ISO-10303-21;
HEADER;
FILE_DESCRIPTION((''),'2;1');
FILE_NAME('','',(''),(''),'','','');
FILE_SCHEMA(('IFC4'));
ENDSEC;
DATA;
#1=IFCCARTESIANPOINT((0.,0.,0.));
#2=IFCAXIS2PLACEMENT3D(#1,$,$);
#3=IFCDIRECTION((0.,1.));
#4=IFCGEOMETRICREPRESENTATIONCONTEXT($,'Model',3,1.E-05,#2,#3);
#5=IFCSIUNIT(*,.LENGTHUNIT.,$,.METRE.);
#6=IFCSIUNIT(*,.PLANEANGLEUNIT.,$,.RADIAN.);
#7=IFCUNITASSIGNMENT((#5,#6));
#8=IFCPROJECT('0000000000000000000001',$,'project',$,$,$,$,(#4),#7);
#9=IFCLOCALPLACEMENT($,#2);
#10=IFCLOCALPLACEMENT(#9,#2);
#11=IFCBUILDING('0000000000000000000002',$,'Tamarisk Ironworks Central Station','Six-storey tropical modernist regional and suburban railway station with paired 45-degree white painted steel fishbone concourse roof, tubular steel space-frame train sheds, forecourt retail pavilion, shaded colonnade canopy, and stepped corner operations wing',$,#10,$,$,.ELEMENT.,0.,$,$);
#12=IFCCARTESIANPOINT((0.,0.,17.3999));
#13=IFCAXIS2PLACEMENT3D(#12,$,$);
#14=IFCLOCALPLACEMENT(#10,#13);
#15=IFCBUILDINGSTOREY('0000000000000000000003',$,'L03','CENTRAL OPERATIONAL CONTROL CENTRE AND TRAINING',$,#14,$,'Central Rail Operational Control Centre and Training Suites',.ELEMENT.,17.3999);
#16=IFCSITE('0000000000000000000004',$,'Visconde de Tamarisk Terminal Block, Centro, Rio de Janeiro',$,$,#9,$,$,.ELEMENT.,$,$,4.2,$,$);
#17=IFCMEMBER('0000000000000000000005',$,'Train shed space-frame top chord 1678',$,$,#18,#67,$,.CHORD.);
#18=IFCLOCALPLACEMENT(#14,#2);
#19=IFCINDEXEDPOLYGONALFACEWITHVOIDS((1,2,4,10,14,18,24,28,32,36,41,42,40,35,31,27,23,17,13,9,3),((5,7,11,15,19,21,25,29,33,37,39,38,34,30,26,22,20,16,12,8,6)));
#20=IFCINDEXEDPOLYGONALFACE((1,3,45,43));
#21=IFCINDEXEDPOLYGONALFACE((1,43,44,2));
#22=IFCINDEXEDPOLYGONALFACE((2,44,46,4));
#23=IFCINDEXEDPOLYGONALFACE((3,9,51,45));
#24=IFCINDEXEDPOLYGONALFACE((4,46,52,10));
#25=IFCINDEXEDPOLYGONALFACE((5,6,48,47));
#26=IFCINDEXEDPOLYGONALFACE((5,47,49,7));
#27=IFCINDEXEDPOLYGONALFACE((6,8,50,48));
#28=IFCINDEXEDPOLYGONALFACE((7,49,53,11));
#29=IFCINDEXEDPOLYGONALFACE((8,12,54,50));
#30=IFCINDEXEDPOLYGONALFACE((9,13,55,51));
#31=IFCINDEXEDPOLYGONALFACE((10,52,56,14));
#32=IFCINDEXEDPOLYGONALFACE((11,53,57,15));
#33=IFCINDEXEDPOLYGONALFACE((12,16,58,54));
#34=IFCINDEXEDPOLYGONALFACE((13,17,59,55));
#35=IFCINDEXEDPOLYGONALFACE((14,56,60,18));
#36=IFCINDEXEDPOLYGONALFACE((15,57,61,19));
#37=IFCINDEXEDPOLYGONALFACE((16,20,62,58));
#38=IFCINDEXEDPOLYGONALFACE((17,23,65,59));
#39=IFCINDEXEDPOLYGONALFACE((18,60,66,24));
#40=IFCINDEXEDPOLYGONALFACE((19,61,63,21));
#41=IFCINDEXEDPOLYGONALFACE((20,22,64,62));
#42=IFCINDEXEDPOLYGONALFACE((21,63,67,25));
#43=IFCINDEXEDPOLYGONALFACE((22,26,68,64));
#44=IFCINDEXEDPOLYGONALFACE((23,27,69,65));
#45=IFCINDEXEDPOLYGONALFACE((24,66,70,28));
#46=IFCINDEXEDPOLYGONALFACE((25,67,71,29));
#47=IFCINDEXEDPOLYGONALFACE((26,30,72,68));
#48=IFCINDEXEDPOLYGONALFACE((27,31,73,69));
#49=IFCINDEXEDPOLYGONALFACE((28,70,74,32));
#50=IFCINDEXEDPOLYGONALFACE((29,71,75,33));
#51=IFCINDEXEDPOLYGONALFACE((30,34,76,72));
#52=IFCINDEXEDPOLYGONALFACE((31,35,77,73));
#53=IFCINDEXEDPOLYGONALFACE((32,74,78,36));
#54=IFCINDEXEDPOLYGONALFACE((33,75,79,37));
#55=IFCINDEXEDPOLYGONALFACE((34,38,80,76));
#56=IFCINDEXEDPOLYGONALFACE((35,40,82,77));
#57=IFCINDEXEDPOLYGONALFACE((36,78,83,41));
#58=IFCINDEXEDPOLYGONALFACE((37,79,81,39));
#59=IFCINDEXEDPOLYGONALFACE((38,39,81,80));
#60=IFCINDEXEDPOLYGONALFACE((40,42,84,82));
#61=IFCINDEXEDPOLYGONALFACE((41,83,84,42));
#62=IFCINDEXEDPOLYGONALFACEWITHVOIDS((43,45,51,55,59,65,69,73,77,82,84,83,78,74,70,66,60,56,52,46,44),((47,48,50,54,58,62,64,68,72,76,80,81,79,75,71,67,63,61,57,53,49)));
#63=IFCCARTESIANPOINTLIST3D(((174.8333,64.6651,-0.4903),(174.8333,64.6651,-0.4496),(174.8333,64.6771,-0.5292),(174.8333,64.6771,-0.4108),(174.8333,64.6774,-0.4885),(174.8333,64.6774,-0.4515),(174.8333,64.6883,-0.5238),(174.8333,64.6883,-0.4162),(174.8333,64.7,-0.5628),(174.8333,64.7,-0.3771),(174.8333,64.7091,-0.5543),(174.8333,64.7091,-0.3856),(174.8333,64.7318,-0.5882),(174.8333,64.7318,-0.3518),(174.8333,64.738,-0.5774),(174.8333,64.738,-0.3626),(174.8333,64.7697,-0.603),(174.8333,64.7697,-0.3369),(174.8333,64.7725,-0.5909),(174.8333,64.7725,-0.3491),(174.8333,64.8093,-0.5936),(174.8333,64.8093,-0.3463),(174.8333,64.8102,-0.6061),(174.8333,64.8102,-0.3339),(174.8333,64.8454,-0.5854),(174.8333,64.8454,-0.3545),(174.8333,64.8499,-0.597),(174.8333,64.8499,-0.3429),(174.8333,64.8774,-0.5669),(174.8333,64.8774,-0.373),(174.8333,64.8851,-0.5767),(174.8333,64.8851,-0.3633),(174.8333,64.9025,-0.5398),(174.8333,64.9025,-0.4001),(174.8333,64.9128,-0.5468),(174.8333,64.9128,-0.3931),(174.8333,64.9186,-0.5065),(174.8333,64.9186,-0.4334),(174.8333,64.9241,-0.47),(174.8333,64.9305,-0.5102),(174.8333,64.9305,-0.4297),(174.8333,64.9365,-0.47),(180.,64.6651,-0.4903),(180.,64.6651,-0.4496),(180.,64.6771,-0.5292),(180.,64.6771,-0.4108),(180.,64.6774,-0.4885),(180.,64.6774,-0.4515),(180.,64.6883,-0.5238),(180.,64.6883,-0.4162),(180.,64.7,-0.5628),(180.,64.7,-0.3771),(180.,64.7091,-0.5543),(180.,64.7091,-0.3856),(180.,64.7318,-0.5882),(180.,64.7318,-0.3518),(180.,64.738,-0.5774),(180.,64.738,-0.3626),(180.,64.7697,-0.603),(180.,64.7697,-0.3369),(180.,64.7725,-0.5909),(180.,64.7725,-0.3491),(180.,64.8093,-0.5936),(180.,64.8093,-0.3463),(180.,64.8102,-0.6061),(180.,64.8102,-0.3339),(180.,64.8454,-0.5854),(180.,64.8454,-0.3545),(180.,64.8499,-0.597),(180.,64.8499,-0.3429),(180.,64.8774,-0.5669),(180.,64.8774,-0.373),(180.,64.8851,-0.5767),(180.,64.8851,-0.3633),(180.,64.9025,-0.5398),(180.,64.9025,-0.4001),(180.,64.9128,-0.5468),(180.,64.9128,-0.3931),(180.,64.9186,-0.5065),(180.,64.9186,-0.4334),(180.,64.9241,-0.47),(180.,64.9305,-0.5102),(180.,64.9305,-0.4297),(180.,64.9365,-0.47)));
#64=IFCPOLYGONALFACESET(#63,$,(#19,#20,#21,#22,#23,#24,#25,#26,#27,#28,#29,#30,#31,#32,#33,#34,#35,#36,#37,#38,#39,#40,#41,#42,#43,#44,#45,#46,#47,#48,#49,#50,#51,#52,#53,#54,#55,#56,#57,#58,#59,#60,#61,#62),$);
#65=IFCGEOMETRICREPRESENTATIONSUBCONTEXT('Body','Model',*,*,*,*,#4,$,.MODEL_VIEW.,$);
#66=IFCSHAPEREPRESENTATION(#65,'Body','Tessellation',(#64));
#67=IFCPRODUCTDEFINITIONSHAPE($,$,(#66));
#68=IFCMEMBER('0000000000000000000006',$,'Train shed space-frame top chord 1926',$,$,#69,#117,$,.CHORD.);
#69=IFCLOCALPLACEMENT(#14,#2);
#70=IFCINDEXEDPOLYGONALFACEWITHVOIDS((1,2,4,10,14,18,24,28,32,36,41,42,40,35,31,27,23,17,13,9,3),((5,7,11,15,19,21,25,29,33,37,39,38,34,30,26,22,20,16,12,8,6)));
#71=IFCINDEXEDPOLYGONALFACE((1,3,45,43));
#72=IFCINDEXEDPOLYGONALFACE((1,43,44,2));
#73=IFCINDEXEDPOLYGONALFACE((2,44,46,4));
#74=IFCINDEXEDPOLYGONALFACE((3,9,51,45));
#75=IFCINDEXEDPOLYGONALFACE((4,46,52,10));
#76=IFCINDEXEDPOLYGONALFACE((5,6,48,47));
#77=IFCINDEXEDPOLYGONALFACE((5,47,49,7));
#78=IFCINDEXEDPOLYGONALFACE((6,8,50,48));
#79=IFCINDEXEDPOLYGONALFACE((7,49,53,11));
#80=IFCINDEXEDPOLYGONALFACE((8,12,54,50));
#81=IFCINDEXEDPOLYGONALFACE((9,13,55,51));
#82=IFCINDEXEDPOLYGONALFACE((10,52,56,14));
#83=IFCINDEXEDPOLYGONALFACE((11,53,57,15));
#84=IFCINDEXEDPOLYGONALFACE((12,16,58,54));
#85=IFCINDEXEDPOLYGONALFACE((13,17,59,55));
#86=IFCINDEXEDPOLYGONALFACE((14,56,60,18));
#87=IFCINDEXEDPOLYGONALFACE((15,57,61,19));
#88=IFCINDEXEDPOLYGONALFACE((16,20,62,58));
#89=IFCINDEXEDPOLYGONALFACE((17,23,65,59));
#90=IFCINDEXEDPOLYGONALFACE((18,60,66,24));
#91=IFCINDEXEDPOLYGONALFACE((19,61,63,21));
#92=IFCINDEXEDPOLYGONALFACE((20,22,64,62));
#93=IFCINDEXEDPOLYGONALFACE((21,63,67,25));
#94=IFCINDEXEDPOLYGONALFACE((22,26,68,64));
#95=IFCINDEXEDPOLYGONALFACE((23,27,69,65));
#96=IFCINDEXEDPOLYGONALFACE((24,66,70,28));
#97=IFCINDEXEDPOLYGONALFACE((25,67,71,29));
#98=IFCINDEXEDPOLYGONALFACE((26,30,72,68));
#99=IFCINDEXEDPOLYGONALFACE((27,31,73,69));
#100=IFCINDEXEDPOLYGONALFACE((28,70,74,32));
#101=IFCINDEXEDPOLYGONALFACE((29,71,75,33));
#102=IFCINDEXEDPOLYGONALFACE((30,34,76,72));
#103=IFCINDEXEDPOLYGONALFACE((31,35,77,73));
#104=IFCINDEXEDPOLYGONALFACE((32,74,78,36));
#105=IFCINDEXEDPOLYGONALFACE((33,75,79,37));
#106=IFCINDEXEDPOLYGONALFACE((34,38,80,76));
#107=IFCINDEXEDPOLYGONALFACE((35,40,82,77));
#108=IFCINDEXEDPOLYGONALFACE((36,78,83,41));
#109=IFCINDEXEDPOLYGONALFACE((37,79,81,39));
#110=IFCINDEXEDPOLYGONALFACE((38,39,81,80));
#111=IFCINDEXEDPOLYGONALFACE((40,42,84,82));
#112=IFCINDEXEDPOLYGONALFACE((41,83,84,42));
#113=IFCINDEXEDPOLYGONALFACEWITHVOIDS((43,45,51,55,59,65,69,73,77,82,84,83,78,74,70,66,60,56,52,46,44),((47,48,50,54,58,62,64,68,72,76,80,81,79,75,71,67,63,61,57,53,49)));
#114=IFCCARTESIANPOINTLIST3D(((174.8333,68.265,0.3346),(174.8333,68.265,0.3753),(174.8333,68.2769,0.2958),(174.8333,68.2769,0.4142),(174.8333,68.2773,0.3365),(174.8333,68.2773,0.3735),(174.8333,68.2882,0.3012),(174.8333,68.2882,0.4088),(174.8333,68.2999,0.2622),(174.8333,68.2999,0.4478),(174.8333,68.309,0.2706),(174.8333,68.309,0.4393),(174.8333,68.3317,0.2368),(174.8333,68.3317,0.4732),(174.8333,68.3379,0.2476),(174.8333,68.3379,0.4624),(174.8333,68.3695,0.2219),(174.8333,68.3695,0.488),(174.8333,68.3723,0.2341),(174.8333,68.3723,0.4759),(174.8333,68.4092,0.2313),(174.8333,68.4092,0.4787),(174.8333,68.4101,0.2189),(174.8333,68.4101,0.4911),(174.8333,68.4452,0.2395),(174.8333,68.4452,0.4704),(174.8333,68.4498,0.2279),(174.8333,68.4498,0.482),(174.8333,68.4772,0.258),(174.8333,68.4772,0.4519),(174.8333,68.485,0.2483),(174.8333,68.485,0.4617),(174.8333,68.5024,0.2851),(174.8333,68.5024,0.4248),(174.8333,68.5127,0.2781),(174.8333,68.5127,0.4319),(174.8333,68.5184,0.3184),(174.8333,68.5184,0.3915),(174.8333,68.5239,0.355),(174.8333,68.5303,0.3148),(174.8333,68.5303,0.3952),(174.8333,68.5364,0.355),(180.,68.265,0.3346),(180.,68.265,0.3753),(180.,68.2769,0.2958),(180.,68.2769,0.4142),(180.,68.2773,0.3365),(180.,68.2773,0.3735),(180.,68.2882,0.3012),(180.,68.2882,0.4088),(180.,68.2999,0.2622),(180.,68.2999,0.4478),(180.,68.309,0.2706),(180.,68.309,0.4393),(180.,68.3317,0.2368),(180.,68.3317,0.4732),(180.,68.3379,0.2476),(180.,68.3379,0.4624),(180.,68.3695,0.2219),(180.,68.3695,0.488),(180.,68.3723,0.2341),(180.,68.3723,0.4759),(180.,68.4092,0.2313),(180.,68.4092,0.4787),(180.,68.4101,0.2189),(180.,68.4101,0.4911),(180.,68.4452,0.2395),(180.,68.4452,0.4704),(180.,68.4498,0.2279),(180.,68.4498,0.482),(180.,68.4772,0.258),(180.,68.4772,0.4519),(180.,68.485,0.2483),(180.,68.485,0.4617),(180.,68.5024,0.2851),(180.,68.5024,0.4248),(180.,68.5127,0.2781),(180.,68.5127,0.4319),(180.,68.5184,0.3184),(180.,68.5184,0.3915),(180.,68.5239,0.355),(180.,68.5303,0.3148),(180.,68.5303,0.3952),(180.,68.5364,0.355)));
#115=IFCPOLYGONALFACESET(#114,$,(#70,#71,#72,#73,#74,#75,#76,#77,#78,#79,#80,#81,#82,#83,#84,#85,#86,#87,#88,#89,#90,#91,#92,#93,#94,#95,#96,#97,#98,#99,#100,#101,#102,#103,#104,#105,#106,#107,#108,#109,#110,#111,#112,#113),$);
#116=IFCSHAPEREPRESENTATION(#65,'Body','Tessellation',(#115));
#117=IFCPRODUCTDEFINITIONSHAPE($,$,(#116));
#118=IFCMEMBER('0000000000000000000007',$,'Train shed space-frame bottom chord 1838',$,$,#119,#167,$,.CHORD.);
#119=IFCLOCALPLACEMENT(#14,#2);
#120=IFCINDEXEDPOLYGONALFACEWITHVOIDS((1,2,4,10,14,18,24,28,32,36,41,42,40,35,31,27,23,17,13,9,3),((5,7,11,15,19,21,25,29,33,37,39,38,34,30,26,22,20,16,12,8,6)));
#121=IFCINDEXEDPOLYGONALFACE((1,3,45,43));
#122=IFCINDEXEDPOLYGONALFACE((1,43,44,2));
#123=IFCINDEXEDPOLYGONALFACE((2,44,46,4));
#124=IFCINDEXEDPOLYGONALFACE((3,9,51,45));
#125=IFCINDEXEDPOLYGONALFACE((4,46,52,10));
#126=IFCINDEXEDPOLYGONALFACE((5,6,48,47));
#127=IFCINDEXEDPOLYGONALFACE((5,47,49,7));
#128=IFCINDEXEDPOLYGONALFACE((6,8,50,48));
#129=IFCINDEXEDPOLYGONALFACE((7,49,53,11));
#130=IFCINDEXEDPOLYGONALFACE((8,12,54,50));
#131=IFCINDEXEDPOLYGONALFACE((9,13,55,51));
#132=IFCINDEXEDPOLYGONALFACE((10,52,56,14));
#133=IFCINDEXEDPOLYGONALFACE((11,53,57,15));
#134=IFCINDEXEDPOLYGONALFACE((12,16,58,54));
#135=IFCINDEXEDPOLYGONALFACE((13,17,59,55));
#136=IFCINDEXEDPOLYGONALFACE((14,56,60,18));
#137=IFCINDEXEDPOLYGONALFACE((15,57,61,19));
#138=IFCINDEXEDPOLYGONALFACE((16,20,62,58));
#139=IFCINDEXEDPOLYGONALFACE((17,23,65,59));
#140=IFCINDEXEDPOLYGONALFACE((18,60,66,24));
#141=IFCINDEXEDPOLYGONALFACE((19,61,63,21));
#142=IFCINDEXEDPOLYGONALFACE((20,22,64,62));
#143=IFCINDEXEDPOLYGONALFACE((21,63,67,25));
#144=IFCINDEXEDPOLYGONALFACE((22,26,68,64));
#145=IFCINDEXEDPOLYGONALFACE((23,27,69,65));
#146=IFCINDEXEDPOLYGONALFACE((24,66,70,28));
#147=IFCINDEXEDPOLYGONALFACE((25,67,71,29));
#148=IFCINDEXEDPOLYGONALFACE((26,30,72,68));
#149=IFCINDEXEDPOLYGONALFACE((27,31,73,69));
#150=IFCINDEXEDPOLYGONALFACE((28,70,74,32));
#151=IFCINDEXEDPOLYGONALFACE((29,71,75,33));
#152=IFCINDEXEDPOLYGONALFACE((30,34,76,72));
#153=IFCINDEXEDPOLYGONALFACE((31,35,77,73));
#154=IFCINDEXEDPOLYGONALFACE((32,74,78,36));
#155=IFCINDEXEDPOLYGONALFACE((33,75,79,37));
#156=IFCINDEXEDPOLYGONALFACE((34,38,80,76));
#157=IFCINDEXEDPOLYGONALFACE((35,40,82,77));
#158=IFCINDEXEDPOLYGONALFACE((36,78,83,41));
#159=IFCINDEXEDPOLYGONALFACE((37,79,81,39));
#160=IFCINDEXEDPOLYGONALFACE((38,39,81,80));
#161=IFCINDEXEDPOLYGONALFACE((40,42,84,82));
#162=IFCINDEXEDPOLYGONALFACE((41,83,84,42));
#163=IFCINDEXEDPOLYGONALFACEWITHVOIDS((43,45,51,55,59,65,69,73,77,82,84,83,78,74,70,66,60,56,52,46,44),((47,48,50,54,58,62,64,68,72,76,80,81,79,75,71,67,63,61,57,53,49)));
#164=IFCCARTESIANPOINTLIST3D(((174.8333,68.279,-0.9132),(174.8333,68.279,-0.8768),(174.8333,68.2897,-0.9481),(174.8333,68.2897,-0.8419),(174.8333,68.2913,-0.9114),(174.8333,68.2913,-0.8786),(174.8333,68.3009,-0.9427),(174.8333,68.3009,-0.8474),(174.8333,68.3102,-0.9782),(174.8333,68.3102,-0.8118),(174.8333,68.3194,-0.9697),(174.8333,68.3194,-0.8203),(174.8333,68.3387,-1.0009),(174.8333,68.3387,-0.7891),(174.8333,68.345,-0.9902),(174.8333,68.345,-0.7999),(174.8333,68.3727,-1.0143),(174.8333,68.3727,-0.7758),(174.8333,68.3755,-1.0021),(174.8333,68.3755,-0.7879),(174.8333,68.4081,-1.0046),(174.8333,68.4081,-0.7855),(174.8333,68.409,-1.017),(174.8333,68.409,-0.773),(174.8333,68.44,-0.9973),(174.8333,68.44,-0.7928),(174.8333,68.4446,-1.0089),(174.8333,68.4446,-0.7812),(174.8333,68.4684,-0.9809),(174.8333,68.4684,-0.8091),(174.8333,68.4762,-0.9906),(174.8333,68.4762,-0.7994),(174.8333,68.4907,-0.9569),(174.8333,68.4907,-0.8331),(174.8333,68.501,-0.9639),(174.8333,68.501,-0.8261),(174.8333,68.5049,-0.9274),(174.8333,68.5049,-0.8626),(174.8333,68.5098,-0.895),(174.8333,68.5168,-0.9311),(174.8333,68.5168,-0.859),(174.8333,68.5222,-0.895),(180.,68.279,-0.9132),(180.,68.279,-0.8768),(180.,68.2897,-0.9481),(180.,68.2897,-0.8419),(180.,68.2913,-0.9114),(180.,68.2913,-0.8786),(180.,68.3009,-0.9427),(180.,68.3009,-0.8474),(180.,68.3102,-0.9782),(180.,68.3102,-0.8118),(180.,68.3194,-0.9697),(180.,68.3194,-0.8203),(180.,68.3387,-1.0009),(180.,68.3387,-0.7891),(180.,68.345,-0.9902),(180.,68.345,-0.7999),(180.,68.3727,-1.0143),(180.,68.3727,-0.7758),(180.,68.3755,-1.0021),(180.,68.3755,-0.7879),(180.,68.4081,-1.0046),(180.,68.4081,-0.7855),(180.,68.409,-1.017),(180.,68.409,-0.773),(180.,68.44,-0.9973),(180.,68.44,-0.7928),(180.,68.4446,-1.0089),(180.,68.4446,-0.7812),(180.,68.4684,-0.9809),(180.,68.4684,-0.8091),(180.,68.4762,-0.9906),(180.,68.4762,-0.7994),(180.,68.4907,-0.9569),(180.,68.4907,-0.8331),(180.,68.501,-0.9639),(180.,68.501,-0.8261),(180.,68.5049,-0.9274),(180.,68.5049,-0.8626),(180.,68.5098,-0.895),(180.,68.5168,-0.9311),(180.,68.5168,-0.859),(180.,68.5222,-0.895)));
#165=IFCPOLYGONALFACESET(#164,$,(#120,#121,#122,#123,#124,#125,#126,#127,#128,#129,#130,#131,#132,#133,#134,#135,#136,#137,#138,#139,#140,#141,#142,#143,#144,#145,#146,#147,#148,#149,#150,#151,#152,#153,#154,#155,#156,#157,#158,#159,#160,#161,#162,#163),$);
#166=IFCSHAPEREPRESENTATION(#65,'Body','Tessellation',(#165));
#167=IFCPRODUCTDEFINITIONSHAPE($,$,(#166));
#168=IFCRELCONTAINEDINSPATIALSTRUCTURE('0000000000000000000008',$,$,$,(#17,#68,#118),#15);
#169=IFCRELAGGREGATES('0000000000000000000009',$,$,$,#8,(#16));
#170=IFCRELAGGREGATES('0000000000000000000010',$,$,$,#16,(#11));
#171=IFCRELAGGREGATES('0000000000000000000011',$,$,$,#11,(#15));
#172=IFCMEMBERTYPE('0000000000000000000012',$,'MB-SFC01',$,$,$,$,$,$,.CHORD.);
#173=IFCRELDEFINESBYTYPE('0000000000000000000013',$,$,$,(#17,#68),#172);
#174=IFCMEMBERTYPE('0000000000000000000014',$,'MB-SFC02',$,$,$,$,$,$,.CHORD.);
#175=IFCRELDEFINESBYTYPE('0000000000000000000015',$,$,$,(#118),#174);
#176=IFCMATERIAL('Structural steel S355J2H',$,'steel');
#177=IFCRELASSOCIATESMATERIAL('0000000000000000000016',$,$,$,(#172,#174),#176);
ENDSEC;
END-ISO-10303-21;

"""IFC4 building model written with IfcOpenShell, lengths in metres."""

from ifc_helpers import new_model, si_unit, direction, frame, origin, origin_2d, place, context, subcontext, project, spatial, hollow_circle, extrude, material, material_profile, profile_set, type_object, element, save


model = new_model("IFC4")

# Units and contexts
model_context = context("Model", 3, precision=1e-05, world=origin(), true_north=direction((0.0, 1.0)))
body_context = subcontext(model_context, "Body", "Model", "MODEL_VIEW")
ifc_project = project(units=[si_unit("LENGTHUNIT", "METRE"), si_unit("PLANEANGLEUNIT", "RADIAN")], contexts=[model_context])

# Site, building, storey
site_placement = place(None, origin())
site = spatial("IfcSite", under=ifc_project, at=site_placement, Name="Visconde de Tamarisk Terminal Block, Centro, Rio de Janeiro", CompositionType="ELEMENT", RefElevation=4.2)
building_placement = place(site_placement, origin())
building = spatial("IfcBuilding", under=site, at=building_placement, Name="Tamarisk Ironworks Central Station", Description="Six-storey tropical modernist regional and suburban railway station with paired 45-degree white painted steel fishbone concourse roof, tubular steel space-frame train sheds, forecourt retail pavilion, shaded colonnade canopy, and stepped corner operations wing", CompositionType="ELEMENT", ElevationOfRefHeight=0.0)
storey_placement = place(building_placement, frame((0.0, 0.0, 17.3999)))
storey = spatial("IfcBuildingStorey", under=building, at=storey_placement, Name="L03", Description="CENTRAL OPERATIONAL CONTROL CENTRE AND TRAINING", LongName="Central Rail Operational Control Centre and Training Suites", CompositionType="ELEMENT", Elevation=17.3999)

# Members
ifc_material = material(Name="Structural steel S355J2H", Category="steel")
ifc_material_profile_1 = material_profile(ifc_material, hollow_circle(Radius=0.1365, WallThickness=0.0125, at=origin_2d()), Name="CHS 273x12.5")
ifc_profile_set_1 = profile_set([ifc_material_profile_1], Name="Structural steel S355J2H")
member_type_1 = type_object("IfcMemberType", Name="MB-SFC01", PredefinedType="CHORD", material=ifc_profile_set_1)
for number, where, z_axis, x_axis, name in (
    (1, (174.8333, 64.8, -0.47), (1.0, 0.0, 0.0), (0.0, 1.0, 0.0), "Train shed space-frame top chord 1678"),
    (2, (174.8333, 68.3999, 0.355), (1.0, 0.0, 0.0), (0.0, 1.0, 0.0), "Train shed space-frame top chord 1926"),
):
    element("IfcMember", number, at=place(storey_placement, frame(where, z_axis=z_axis, x_axis=x_axis)), inside=storey, type_object=member_type_1, Name=name, PredefinedType="CHORD", context=body_context, shape_type="SweptSolid", body=[
        extrude(hollow_circle(Radius=0.1365, WallThickness=0.0125, at=origin_2d()), origin(), (0.0, 0.0, 1.0), 5.1667),
    ])
ifc_material_profile_2 = material_profile(ifc_material, hollow_circle(Radius=0.1223, WallThickness=0.0125, at=origin_2d()), Name="CHS 244.5x12.5")
ifc_profile_set_2 = profile_set([ifc_material_profile_2], Name="Structural steel S355J2H")
member_type_2 = type_object("IfcMemberType", Name="MB-SFC02", PredefinedType="CHORD", material=ifc_profile_set_2)
member_1_placement = place(storey_placement, frame((174.8333, 68.3999, -0.895), z_axis=(1.0, 0.0, 0.0), x_axis=(0.0, 1.0, 0.0)))
element("IfcMember", 3, at=member_1_placement, inside=storey, type_object=member_type_2, Name="Train shed space-frame bottom chord 1838", PredefinedType="CHORD", context=body_context, shape_type="SweptSolid", body=[
    extrude(hollow_circle(Radius=0.1223, WallThickness=0.0125, at=origin_2d()), origin(), (0.0, 0.0, 1.0), 5.1667),
])

save(model, "model.ifc")
